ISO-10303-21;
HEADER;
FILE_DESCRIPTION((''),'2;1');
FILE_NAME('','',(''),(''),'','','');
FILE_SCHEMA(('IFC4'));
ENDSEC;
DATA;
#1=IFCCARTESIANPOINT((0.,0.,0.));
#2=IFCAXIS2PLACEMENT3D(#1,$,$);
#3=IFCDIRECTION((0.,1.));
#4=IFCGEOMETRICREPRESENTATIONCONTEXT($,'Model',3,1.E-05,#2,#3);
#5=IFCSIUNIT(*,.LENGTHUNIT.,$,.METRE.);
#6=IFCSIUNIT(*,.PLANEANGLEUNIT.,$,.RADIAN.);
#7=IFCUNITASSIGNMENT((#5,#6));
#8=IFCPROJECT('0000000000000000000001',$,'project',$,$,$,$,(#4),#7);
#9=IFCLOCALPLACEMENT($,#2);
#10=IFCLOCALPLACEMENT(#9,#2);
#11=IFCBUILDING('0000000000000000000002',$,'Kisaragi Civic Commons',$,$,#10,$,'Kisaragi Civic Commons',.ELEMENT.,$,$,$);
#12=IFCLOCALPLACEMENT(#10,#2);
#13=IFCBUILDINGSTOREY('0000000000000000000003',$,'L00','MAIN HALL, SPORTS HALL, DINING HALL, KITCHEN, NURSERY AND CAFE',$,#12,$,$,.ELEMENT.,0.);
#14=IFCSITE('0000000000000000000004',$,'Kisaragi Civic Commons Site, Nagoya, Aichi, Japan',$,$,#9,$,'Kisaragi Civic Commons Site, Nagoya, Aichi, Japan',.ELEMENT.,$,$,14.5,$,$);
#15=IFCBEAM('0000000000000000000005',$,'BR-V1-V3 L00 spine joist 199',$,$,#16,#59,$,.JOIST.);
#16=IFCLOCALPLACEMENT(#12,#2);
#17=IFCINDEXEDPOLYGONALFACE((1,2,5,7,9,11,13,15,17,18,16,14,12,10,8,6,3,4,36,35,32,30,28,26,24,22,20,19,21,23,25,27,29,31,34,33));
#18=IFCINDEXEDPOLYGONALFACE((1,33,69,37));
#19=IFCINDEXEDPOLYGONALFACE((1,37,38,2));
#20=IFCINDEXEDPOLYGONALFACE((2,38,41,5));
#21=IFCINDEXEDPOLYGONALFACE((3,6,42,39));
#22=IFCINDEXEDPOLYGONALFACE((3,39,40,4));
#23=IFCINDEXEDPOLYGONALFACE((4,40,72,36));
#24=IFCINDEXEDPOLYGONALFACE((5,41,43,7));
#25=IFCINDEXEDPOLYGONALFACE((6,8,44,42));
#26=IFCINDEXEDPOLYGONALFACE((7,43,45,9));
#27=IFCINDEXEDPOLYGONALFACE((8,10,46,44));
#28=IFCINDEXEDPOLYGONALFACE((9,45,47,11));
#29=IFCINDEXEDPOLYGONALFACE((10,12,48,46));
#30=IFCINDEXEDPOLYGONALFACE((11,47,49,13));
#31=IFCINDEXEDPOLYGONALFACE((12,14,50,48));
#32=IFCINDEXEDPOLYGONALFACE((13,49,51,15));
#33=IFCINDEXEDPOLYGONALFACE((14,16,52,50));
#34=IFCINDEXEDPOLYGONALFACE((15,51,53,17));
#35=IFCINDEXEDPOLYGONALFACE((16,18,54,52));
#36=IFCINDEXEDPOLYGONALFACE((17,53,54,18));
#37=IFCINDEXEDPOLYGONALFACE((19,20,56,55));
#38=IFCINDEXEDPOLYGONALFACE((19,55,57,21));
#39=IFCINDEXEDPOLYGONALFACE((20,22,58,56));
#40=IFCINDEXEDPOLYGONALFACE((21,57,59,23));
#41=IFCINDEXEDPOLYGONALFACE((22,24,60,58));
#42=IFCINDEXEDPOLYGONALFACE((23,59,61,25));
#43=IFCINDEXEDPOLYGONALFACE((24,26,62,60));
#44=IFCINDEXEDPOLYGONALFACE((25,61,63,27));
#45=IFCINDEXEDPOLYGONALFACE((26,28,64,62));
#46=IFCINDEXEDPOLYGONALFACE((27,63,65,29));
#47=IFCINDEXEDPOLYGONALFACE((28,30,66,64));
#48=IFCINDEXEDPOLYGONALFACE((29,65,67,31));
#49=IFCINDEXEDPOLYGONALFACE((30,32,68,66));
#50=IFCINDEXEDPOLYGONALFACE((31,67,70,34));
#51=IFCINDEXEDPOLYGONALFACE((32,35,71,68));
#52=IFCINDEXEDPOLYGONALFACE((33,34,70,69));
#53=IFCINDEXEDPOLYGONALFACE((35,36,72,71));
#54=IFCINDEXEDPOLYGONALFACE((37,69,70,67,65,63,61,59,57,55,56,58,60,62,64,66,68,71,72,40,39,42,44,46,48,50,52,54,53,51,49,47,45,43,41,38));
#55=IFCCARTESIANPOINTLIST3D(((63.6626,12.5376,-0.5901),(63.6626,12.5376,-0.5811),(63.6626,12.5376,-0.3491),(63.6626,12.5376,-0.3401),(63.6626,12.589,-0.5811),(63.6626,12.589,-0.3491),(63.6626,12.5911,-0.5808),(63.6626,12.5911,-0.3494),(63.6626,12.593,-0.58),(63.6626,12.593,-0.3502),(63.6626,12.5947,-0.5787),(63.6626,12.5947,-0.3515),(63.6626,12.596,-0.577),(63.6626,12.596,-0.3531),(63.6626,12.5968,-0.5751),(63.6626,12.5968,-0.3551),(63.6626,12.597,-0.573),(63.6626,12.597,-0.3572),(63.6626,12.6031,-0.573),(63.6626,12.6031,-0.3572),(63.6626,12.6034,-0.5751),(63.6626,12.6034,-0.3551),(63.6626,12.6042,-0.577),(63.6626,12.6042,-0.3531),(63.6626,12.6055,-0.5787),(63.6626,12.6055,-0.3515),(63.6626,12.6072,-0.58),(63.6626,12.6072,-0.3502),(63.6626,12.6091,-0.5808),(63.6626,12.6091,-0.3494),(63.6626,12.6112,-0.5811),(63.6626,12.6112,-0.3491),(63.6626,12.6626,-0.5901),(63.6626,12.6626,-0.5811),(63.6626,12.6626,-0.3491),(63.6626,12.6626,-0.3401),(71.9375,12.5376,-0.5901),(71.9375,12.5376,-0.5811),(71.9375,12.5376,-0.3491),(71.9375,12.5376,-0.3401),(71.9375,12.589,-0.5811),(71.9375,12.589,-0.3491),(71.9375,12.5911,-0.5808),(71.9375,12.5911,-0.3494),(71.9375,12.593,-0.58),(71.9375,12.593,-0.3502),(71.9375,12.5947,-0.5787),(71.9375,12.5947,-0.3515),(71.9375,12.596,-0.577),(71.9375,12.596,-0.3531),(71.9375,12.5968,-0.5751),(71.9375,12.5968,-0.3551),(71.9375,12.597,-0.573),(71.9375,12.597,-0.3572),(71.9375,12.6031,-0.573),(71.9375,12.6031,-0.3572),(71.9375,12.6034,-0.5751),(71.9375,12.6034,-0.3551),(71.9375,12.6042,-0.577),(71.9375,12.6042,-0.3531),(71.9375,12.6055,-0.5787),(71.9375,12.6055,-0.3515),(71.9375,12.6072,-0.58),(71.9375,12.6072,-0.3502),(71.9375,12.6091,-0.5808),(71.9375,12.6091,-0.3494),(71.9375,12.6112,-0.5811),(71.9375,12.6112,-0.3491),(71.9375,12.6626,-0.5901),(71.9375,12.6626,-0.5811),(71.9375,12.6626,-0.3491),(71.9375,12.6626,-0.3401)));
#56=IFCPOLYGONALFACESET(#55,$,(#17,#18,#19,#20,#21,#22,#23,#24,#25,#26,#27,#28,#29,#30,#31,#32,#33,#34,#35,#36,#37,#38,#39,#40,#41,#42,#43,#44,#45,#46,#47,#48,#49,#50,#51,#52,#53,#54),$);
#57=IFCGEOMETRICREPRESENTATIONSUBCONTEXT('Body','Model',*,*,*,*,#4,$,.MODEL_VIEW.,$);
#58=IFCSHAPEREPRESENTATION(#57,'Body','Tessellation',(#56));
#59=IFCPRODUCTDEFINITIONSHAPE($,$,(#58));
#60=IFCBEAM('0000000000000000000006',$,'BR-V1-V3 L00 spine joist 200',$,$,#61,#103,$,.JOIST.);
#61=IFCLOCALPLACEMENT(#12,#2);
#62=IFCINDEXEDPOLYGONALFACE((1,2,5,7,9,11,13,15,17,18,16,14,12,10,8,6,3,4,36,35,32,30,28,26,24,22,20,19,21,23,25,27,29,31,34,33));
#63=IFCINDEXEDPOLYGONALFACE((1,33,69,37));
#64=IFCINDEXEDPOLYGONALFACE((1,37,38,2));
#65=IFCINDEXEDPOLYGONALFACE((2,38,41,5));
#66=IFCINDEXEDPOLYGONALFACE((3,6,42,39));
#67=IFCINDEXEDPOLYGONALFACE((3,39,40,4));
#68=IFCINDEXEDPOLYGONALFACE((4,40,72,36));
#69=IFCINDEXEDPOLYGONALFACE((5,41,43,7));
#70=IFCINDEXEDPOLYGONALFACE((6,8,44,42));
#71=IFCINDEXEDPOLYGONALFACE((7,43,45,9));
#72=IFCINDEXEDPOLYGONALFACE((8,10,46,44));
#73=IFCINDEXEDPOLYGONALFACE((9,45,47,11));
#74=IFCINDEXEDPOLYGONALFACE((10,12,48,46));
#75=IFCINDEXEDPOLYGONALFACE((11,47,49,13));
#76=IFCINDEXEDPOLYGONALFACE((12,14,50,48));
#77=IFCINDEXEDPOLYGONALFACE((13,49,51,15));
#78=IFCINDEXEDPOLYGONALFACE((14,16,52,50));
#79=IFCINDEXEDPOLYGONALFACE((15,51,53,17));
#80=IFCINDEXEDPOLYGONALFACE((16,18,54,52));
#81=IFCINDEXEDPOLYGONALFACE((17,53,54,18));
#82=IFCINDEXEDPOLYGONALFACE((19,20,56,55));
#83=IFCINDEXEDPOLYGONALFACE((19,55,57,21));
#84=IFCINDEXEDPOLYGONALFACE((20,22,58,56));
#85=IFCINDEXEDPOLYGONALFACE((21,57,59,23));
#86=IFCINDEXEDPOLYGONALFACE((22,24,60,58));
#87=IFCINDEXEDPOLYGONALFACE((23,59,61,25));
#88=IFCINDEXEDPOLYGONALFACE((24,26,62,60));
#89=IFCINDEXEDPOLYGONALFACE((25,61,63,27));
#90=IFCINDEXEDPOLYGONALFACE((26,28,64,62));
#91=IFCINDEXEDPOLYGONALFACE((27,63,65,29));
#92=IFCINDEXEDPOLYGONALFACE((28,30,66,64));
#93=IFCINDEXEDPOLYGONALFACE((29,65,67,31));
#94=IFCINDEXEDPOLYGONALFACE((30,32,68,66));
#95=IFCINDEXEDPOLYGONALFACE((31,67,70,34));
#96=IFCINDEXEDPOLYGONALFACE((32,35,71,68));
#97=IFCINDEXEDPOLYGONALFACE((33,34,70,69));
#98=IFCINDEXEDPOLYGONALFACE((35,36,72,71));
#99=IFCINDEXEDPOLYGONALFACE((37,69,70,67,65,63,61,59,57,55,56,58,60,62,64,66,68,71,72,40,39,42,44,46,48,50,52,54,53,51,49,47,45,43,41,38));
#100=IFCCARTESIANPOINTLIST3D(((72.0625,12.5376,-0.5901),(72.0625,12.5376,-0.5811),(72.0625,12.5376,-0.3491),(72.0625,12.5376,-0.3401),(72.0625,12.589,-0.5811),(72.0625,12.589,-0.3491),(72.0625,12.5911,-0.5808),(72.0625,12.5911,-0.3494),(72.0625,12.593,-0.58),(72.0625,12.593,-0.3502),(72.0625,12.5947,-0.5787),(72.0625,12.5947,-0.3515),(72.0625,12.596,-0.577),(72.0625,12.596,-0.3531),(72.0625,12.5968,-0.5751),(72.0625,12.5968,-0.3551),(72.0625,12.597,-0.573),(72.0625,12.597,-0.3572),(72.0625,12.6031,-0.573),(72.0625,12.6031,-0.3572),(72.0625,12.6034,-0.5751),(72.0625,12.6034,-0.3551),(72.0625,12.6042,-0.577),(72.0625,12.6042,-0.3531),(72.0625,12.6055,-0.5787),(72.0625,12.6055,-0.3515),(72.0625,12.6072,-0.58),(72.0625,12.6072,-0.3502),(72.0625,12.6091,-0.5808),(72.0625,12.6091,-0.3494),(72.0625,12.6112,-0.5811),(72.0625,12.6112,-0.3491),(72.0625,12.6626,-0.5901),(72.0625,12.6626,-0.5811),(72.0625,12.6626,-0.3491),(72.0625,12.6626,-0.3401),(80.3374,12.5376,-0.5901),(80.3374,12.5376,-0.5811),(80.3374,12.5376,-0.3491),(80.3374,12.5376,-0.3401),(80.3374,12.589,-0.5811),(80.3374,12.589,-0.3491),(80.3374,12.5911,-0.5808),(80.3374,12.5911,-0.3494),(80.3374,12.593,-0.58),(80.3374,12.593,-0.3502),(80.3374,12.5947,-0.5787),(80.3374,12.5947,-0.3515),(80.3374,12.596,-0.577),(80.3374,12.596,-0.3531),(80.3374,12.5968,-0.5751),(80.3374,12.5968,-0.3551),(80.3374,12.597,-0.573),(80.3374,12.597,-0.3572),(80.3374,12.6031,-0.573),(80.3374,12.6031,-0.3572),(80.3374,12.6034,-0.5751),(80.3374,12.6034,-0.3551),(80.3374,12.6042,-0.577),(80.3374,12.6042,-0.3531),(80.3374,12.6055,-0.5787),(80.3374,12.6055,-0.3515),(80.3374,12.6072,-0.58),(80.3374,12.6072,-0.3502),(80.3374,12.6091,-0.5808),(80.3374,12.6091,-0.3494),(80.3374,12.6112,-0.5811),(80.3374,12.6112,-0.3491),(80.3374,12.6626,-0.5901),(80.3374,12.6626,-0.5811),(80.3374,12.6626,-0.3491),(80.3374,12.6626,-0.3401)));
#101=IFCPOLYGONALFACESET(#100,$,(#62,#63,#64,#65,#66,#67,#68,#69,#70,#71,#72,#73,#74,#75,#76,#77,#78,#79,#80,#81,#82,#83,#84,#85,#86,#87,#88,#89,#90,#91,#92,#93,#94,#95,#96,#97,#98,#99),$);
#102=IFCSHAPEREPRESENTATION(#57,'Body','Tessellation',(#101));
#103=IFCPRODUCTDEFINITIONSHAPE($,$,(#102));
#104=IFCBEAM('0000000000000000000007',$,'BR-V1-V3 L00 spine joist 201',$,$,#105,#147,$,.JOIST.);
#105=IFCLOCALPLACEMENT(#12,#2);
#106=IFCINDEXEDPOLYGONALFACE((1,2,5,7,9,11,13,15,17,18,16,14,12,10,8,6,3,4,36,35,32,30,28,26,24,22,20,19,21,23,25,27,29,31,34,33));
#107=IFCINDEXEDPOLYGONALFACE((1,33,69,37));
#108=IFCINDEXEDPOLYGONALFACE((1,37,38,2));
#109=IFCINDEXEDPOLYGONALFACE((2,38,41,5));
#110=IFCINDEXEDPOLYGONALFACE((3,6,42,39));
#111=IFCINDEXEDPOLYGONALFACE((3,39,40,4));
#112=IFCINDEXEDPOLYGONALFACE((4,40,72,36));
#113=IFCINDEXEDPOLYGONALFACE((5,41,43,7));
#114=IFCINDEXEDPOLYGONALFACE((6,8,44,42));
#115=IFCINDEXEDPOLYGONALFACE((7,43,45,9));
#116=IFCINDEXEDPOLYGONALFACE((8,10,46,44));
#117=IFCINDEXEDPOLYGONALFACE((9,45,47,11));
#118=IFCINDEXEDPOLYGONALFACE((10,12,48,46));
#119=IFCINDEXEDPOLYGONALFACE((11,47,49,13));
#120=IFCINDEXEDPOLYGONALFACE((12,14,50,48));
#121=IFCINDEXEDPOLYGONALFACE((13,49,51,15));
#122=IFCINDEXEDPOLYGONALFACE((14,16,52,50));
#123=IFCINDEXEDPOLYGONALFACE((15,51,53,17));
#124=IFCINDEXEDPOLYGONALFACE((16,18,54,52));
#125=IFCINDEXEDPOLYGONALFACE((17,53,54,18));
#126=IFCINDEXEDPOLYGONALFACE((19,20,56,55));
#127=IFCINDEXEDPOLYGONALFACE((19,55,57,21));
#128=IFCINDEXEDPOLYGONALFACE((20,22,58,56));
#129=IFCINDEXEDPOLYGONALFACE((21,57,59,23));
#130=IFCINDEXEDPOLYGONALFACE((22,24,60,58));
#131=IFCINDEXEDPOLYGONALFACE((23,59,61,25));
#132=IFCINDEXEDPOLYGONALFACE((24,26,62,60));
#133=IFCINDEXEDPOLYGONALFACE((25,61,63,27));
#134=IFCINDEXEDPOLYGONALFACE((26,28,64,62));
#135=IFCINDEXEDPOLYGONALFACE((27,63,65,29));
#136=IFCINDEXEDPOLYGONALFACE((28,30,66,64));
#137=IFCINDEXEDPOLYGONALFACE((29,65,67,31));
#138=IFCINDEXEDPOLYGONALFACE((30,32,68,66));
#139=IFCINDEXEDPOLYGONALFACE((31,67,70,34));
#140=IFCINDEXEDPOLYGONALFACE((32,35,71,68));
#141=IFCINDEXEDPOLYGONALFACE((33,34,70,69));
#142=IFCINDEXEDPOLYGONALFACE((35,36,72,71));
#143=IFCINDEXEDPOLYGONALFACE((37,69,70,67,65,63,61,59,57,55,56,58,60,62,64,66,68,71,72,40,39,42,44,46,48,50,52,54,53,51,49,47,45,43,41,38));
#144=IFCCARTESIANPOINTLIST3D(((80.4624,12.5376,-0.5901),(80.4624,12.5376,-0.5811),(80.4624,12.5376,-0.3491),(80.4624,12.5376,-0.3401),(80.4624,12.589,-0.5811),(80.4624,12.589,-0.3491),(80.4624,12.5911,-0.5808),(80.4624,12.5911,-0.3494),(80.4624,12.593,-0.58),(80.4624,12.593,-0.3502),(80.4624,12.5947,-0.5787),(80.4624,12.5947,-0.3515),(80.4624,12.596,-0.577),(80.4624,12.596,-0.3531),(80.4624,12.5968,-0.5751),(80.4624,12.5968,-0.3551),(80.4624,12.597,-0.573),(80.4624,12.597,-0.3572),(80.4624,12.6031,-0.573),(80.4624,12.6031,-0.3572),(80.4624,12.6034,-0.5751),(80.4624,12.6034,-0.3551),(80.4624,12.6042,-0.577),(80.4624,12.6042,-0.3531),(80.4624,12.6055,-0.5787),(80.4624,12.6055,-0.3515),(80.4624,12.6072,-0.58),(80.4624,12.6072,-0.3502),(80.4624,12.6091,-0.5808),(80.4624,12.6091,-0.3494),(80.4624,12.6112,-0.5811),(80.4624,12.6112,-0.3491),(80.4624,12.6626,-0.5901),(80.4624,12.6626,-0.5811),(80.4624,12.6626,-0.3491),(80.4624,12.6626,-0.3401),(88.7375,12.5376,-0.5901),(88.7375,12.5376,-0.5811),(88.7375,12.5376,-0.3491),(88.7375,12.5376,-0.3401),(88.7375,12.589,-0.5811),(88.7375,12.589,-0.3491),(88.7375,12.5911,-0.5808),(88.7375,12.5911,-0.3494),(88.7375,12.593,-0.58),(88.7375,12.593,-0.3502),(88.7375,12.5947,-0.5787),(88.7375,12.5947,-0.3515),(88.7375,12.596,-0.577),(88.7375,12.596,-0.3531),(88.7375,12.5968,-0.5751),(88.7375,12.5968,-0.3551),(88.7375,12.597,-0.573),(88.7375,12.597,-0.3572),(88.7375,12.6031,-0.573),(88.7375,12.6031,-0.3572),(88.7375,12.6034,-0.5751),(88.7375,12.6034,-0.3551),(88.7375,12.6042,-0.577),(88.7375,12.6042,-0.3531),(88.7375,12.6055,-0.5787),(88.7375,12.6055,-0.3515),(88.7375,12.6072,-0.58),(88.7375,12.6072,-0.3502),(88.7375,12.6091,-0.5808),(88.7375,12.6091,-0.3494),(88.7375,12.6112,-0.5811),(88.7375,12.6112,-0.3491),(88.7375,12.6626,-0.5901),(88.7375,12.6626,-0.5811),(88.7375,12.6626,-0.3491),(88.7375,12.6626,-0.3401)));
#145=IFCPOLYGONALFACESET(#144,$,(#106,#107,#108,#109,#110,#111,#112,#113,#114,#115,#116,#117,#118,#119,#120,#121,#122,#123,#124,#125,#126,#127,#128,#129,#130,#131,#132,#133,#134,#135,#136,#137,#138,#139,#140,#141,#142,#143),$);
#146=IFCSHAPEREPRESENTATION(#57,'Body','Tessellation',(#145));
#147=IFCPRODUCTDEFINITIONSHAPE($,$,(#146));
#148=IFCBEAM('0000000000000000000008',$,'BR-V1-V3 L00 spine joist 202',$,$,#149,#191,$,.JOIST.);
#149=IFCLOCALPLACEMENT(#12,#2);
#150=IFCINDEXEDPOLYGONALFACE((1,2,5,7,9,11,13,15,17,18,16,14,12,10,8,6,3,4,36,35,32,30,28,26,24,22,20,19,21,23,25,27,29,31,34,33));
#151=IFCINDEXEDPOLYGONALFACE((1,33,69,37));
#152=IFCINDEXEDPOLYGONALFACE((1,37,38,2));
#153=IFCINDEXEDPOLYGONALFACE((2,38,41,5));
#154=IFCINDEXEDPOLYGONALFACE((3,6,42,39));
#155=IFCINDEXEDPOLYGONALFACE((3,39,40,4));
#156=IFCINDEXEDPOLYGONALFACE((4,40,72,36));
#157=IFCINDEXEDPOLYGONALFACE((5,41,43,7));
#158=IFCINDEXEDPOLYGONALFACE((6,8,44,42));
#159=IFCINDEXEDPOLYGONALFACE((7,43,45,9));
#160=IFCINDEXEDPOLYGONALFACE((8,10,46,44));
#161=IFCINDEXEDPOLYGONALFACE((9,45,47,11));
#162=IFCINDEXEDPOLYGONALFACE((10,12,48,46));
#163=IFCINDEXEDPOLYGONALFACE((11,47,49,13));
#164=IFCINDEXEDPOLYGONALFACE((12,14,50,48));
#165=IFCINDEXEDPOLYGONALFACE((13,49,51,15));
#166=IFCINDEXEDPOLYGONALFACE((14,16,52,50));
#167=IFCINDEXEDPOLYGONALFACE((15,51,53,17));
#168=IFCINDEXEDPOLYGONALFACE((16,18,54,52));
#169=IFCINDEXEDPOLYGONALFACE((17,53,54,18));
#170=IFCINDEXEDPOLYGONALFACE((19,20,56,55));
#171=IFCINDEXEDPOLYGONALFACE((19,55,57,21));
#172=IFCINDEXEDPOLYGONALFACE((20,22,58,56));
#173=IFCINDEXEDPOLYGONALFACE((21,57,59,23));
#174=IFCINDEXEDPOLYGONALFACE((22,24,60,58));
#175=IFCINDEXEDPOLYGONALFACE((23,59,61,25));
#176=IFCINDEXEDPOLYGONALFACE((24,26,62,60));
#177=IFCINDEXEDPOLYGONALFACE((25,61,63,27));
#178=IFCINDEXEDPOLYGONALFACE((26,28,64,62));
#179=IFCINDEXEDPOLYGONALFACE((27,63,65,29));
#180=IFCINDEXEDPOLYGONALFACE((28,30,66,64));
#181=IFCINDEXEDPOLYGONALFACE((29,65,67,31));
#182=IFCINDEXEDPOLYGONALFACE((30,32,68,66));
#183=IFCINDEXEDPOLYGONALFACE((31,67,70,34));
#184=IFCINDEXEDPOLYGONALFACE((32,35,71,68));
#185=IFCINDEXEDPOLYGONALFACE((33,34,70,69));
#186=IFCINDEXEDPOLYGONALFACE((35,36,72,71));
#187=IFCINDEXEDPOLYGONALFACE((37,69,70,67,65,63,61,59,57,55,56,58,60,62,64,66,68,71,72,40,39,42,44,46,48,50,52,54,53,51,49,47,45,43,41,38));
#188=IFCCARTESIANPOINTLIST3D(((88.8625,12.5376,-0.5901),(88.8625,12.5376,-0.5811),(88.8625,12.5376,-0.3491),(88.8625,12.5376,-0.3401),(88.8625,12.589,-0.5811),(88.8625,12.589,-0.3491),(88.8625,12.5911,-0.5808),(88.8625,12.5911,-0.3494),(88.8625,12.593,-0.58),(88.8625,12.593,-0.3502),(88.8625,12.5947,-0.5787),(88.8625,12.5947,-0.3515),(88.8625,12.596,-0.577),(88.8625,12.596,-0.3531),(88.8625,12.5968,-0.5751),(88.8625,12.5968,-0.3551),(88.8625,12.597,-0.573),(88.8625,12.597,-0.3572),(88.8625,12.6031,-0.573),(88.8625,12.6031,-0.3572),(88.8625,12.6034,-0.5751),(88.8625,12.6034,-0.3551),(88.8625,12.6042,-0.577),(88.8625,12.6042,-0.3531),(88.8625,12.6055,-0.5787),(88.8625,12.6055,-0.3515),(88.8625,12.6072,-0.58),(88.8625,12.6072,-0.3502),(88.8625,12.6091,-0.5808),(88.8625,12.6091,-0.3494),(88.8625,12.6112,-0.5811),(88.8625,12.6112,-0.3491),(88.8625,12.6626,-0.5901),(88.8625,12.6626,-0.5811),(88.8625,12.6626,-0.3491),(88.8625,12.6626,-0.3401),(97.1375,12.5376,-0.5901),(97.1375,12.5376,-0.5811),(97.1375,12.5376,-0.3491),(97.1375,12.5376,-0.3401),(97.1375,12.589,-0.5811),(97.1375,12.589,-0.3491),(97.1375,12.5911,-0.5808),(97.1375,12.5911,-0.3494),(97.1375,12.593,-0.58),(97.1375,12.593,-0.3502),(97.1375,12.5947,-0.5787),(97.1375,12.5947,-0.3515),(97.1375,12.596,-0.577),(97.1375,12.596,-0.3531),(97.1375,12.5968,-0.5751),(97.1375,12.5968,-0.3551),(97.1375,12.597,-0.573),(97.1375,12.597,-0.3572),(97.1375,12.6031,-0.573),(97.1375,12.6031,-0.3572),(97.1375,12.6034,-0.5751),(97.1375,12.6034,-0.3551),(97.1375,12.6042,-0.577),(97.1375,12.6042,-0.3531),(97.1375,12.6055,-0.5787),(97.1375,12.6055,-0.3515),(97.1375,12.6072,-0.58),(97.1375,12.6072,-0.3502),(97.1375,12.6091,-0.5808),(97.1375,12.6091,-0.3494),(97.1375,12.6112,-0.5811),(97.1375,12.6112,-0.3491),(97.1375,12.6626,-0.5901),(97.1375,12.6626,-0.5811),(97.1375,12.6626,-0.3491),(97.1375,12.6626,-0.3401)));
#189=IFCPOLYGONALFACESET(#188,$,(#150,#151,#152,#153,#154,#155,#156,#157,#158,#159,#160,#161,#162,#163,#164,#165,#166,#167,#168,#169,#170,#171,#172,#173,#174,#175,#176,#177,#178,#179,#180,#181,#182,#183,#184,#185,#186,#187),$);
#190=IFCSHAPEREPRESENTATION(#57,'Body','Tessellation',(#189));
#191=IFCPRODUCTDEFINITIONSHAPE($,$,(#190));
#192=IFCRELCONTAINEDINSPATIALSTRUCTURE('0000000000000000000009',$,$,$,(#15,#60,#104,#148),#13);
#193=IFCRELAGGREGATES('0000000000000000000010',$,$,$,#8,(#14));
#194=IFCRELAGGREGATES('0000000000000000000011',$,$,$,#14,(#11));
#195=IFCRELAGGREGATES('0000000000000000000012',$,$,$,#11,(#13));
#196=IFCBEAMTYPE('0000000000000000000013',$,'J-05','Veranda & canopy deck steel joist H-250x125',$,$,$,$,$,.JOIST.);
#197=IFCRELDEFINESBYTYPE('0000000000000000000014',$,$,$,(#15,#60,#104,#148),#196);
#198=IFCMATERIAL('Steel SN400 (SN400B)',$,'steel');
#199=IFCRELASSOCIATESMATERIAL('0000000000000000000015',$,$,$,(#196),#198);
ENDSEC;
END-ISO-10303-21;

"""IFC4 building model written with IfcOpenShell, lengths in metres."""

from ifc_helpers import new_model, si_unit, direction, frame, origin, origin_2d, place, context, subcontext, project, spatial, i_section, extrude, material, material_profile, profile_set, type_object, element, save


model = new_model("IFC4")

# Units and contexts
model_context = context("Model", 3, precision=1e-05, world=origin(), true_north=direction((0.0, 1.0)))
body_context = subcontext(model_context, "Body", "Model", "MODEL_VIEW")
ifc_project = project(units=[si_unit("LENGTHUNIT", "METRE"), si_unit("PLANEANGLEUNIT", "RADIAN")], contexts=[model_context])

# Site, building, storey
site_placement = place(None, origin())
site = spatial("IfcSite", under=ifc_project, at=site_placement, Name="Kisaragi Civic Commons Site, Nagoya, Aichi, Japan", LongName="Kisaragi Civic Commons Site, Nagoya, Aichi, Japan", CompositionType="ELEMENT", RefElevation=14.5)
building_placement = place(site_placement, origin())
building = spatial("IfcBuilding", under=site, at=building_placement, Name="Kisaragi Civic Commons", LongName="Kisaragi Civic Commons", CompositionType="ELEMENT")
storey_placement = place(building_placement, origin())
storey = spatial("IfcBuildingStorey", under=building, at=storey_placement, Name="L00", Description="MAIN HALL, SPORTS HALL, DINING HALL, KITCHEN, NURSERY AND CAFE", CompositionType="ELEMENT", Elevation=0.0)

# Beams
ifc_material_1 = material(Name="Steel SN400 (SN400B)", Category="steel")
ifc_material_profile_1 = material_profile(ifc_material_1, i_section(OverallWidth=0.125, OverallDepth=0.25, WebThickness=0.0061, FlangeThickness=0.009, FilletRadius=0.0081, at=origin_2d()), Name="H-250x125x6x9", Category="steel")
ifc_profile_set_1 = profile_set([ifc_material_profile_1], Name="Steel SN400 (SN400B)")
beam_type_1 = type_object("IfcBeamType", Name="J-05", Description="Veranda & canopy deck steel joist H-250x125", PredefinedType="JOIST", material=ifc_profile_set_1)
for number, where, z_axis, x_axis, name in (
    (1, (63.6626, 12.6001, -0.4651), (1.0, 0.0, 0.0), (0.0, 1.0, 0.0), "BR-V1-V3 L00 spine joist 199"),
    (2, (72.0625, 12.6001, -0.4651), (1.0, 0.0, 0.0), (0.0, 1.0, 0.0), "BR-V1-V3 L00 spine joist 200"),
):
    element("IfcBeam", number, at=place(storey_placement, frame(where, z_axis=z_axis, x_axis=x_axis)), inside=storey, type_object=beam_type_1, Name=name, PredefinedType="JOIST", context=body_context, shape_type="SweptSolid", body=[
        extrude(i_section(OverallWidth=0.125, OverallDepth=0.25, WebThickness=0.0061, FlangeThickness=0.009, FilletRadius=0.0081, at=origin_2d()), origin(), (0.0, 0.0, 1.0), 8.2749),
    ])
beam_1_placement = place(storey_placement, frame((80.4624, 12.6001, -0.4651), z_axis=(1.0, 0.0, 0.0), x_axis=(0.0, 1.0, 0.0)))
element("IfcBeam", 3, at=beam_1_placement, inside=storey, type_object=beam_type_1, Name="BR-V1-V3 L00 spine joist 201", PredefinedType="JOIST", context=body_context, shape_type="SweptSolid", body=[
    extrude(i_section(OverallWidth=0.125, OverallDepth=0.25, WebThickness=0.0061, FlangeThickness=0.009, FilletRadius=0.0081, at=origin_2d()), origin(), (0.0, 0.0, 1.0), 8.2751),
])
beam_2_placement = place(storey_placement, frame((88.8625, 12.6001, -0.4651), z_axis=(1.0, 0.0, 0.0), x_axis=(0.0, 1.0, 0.0)))
element("IfcBeam", 4, at=beam_2_placement, inside=storey, type_object=beam_type_1, Name="BR-V1-V3 L00 spine joist 202", PredefinedType="JOIST", context=body_context, shape_type="SweptSolid", body=[
    extrude(i_section(OverallWidth=0.125, OverallDepth=0.25, WebThickness=0.0061, FlangeThickness=0.009, FilletRadius=0.0081, at=origin_2d()), origin(), (0.0, 0.0, 1.0), 8.2749),
])

save(model, "model.ifc")
